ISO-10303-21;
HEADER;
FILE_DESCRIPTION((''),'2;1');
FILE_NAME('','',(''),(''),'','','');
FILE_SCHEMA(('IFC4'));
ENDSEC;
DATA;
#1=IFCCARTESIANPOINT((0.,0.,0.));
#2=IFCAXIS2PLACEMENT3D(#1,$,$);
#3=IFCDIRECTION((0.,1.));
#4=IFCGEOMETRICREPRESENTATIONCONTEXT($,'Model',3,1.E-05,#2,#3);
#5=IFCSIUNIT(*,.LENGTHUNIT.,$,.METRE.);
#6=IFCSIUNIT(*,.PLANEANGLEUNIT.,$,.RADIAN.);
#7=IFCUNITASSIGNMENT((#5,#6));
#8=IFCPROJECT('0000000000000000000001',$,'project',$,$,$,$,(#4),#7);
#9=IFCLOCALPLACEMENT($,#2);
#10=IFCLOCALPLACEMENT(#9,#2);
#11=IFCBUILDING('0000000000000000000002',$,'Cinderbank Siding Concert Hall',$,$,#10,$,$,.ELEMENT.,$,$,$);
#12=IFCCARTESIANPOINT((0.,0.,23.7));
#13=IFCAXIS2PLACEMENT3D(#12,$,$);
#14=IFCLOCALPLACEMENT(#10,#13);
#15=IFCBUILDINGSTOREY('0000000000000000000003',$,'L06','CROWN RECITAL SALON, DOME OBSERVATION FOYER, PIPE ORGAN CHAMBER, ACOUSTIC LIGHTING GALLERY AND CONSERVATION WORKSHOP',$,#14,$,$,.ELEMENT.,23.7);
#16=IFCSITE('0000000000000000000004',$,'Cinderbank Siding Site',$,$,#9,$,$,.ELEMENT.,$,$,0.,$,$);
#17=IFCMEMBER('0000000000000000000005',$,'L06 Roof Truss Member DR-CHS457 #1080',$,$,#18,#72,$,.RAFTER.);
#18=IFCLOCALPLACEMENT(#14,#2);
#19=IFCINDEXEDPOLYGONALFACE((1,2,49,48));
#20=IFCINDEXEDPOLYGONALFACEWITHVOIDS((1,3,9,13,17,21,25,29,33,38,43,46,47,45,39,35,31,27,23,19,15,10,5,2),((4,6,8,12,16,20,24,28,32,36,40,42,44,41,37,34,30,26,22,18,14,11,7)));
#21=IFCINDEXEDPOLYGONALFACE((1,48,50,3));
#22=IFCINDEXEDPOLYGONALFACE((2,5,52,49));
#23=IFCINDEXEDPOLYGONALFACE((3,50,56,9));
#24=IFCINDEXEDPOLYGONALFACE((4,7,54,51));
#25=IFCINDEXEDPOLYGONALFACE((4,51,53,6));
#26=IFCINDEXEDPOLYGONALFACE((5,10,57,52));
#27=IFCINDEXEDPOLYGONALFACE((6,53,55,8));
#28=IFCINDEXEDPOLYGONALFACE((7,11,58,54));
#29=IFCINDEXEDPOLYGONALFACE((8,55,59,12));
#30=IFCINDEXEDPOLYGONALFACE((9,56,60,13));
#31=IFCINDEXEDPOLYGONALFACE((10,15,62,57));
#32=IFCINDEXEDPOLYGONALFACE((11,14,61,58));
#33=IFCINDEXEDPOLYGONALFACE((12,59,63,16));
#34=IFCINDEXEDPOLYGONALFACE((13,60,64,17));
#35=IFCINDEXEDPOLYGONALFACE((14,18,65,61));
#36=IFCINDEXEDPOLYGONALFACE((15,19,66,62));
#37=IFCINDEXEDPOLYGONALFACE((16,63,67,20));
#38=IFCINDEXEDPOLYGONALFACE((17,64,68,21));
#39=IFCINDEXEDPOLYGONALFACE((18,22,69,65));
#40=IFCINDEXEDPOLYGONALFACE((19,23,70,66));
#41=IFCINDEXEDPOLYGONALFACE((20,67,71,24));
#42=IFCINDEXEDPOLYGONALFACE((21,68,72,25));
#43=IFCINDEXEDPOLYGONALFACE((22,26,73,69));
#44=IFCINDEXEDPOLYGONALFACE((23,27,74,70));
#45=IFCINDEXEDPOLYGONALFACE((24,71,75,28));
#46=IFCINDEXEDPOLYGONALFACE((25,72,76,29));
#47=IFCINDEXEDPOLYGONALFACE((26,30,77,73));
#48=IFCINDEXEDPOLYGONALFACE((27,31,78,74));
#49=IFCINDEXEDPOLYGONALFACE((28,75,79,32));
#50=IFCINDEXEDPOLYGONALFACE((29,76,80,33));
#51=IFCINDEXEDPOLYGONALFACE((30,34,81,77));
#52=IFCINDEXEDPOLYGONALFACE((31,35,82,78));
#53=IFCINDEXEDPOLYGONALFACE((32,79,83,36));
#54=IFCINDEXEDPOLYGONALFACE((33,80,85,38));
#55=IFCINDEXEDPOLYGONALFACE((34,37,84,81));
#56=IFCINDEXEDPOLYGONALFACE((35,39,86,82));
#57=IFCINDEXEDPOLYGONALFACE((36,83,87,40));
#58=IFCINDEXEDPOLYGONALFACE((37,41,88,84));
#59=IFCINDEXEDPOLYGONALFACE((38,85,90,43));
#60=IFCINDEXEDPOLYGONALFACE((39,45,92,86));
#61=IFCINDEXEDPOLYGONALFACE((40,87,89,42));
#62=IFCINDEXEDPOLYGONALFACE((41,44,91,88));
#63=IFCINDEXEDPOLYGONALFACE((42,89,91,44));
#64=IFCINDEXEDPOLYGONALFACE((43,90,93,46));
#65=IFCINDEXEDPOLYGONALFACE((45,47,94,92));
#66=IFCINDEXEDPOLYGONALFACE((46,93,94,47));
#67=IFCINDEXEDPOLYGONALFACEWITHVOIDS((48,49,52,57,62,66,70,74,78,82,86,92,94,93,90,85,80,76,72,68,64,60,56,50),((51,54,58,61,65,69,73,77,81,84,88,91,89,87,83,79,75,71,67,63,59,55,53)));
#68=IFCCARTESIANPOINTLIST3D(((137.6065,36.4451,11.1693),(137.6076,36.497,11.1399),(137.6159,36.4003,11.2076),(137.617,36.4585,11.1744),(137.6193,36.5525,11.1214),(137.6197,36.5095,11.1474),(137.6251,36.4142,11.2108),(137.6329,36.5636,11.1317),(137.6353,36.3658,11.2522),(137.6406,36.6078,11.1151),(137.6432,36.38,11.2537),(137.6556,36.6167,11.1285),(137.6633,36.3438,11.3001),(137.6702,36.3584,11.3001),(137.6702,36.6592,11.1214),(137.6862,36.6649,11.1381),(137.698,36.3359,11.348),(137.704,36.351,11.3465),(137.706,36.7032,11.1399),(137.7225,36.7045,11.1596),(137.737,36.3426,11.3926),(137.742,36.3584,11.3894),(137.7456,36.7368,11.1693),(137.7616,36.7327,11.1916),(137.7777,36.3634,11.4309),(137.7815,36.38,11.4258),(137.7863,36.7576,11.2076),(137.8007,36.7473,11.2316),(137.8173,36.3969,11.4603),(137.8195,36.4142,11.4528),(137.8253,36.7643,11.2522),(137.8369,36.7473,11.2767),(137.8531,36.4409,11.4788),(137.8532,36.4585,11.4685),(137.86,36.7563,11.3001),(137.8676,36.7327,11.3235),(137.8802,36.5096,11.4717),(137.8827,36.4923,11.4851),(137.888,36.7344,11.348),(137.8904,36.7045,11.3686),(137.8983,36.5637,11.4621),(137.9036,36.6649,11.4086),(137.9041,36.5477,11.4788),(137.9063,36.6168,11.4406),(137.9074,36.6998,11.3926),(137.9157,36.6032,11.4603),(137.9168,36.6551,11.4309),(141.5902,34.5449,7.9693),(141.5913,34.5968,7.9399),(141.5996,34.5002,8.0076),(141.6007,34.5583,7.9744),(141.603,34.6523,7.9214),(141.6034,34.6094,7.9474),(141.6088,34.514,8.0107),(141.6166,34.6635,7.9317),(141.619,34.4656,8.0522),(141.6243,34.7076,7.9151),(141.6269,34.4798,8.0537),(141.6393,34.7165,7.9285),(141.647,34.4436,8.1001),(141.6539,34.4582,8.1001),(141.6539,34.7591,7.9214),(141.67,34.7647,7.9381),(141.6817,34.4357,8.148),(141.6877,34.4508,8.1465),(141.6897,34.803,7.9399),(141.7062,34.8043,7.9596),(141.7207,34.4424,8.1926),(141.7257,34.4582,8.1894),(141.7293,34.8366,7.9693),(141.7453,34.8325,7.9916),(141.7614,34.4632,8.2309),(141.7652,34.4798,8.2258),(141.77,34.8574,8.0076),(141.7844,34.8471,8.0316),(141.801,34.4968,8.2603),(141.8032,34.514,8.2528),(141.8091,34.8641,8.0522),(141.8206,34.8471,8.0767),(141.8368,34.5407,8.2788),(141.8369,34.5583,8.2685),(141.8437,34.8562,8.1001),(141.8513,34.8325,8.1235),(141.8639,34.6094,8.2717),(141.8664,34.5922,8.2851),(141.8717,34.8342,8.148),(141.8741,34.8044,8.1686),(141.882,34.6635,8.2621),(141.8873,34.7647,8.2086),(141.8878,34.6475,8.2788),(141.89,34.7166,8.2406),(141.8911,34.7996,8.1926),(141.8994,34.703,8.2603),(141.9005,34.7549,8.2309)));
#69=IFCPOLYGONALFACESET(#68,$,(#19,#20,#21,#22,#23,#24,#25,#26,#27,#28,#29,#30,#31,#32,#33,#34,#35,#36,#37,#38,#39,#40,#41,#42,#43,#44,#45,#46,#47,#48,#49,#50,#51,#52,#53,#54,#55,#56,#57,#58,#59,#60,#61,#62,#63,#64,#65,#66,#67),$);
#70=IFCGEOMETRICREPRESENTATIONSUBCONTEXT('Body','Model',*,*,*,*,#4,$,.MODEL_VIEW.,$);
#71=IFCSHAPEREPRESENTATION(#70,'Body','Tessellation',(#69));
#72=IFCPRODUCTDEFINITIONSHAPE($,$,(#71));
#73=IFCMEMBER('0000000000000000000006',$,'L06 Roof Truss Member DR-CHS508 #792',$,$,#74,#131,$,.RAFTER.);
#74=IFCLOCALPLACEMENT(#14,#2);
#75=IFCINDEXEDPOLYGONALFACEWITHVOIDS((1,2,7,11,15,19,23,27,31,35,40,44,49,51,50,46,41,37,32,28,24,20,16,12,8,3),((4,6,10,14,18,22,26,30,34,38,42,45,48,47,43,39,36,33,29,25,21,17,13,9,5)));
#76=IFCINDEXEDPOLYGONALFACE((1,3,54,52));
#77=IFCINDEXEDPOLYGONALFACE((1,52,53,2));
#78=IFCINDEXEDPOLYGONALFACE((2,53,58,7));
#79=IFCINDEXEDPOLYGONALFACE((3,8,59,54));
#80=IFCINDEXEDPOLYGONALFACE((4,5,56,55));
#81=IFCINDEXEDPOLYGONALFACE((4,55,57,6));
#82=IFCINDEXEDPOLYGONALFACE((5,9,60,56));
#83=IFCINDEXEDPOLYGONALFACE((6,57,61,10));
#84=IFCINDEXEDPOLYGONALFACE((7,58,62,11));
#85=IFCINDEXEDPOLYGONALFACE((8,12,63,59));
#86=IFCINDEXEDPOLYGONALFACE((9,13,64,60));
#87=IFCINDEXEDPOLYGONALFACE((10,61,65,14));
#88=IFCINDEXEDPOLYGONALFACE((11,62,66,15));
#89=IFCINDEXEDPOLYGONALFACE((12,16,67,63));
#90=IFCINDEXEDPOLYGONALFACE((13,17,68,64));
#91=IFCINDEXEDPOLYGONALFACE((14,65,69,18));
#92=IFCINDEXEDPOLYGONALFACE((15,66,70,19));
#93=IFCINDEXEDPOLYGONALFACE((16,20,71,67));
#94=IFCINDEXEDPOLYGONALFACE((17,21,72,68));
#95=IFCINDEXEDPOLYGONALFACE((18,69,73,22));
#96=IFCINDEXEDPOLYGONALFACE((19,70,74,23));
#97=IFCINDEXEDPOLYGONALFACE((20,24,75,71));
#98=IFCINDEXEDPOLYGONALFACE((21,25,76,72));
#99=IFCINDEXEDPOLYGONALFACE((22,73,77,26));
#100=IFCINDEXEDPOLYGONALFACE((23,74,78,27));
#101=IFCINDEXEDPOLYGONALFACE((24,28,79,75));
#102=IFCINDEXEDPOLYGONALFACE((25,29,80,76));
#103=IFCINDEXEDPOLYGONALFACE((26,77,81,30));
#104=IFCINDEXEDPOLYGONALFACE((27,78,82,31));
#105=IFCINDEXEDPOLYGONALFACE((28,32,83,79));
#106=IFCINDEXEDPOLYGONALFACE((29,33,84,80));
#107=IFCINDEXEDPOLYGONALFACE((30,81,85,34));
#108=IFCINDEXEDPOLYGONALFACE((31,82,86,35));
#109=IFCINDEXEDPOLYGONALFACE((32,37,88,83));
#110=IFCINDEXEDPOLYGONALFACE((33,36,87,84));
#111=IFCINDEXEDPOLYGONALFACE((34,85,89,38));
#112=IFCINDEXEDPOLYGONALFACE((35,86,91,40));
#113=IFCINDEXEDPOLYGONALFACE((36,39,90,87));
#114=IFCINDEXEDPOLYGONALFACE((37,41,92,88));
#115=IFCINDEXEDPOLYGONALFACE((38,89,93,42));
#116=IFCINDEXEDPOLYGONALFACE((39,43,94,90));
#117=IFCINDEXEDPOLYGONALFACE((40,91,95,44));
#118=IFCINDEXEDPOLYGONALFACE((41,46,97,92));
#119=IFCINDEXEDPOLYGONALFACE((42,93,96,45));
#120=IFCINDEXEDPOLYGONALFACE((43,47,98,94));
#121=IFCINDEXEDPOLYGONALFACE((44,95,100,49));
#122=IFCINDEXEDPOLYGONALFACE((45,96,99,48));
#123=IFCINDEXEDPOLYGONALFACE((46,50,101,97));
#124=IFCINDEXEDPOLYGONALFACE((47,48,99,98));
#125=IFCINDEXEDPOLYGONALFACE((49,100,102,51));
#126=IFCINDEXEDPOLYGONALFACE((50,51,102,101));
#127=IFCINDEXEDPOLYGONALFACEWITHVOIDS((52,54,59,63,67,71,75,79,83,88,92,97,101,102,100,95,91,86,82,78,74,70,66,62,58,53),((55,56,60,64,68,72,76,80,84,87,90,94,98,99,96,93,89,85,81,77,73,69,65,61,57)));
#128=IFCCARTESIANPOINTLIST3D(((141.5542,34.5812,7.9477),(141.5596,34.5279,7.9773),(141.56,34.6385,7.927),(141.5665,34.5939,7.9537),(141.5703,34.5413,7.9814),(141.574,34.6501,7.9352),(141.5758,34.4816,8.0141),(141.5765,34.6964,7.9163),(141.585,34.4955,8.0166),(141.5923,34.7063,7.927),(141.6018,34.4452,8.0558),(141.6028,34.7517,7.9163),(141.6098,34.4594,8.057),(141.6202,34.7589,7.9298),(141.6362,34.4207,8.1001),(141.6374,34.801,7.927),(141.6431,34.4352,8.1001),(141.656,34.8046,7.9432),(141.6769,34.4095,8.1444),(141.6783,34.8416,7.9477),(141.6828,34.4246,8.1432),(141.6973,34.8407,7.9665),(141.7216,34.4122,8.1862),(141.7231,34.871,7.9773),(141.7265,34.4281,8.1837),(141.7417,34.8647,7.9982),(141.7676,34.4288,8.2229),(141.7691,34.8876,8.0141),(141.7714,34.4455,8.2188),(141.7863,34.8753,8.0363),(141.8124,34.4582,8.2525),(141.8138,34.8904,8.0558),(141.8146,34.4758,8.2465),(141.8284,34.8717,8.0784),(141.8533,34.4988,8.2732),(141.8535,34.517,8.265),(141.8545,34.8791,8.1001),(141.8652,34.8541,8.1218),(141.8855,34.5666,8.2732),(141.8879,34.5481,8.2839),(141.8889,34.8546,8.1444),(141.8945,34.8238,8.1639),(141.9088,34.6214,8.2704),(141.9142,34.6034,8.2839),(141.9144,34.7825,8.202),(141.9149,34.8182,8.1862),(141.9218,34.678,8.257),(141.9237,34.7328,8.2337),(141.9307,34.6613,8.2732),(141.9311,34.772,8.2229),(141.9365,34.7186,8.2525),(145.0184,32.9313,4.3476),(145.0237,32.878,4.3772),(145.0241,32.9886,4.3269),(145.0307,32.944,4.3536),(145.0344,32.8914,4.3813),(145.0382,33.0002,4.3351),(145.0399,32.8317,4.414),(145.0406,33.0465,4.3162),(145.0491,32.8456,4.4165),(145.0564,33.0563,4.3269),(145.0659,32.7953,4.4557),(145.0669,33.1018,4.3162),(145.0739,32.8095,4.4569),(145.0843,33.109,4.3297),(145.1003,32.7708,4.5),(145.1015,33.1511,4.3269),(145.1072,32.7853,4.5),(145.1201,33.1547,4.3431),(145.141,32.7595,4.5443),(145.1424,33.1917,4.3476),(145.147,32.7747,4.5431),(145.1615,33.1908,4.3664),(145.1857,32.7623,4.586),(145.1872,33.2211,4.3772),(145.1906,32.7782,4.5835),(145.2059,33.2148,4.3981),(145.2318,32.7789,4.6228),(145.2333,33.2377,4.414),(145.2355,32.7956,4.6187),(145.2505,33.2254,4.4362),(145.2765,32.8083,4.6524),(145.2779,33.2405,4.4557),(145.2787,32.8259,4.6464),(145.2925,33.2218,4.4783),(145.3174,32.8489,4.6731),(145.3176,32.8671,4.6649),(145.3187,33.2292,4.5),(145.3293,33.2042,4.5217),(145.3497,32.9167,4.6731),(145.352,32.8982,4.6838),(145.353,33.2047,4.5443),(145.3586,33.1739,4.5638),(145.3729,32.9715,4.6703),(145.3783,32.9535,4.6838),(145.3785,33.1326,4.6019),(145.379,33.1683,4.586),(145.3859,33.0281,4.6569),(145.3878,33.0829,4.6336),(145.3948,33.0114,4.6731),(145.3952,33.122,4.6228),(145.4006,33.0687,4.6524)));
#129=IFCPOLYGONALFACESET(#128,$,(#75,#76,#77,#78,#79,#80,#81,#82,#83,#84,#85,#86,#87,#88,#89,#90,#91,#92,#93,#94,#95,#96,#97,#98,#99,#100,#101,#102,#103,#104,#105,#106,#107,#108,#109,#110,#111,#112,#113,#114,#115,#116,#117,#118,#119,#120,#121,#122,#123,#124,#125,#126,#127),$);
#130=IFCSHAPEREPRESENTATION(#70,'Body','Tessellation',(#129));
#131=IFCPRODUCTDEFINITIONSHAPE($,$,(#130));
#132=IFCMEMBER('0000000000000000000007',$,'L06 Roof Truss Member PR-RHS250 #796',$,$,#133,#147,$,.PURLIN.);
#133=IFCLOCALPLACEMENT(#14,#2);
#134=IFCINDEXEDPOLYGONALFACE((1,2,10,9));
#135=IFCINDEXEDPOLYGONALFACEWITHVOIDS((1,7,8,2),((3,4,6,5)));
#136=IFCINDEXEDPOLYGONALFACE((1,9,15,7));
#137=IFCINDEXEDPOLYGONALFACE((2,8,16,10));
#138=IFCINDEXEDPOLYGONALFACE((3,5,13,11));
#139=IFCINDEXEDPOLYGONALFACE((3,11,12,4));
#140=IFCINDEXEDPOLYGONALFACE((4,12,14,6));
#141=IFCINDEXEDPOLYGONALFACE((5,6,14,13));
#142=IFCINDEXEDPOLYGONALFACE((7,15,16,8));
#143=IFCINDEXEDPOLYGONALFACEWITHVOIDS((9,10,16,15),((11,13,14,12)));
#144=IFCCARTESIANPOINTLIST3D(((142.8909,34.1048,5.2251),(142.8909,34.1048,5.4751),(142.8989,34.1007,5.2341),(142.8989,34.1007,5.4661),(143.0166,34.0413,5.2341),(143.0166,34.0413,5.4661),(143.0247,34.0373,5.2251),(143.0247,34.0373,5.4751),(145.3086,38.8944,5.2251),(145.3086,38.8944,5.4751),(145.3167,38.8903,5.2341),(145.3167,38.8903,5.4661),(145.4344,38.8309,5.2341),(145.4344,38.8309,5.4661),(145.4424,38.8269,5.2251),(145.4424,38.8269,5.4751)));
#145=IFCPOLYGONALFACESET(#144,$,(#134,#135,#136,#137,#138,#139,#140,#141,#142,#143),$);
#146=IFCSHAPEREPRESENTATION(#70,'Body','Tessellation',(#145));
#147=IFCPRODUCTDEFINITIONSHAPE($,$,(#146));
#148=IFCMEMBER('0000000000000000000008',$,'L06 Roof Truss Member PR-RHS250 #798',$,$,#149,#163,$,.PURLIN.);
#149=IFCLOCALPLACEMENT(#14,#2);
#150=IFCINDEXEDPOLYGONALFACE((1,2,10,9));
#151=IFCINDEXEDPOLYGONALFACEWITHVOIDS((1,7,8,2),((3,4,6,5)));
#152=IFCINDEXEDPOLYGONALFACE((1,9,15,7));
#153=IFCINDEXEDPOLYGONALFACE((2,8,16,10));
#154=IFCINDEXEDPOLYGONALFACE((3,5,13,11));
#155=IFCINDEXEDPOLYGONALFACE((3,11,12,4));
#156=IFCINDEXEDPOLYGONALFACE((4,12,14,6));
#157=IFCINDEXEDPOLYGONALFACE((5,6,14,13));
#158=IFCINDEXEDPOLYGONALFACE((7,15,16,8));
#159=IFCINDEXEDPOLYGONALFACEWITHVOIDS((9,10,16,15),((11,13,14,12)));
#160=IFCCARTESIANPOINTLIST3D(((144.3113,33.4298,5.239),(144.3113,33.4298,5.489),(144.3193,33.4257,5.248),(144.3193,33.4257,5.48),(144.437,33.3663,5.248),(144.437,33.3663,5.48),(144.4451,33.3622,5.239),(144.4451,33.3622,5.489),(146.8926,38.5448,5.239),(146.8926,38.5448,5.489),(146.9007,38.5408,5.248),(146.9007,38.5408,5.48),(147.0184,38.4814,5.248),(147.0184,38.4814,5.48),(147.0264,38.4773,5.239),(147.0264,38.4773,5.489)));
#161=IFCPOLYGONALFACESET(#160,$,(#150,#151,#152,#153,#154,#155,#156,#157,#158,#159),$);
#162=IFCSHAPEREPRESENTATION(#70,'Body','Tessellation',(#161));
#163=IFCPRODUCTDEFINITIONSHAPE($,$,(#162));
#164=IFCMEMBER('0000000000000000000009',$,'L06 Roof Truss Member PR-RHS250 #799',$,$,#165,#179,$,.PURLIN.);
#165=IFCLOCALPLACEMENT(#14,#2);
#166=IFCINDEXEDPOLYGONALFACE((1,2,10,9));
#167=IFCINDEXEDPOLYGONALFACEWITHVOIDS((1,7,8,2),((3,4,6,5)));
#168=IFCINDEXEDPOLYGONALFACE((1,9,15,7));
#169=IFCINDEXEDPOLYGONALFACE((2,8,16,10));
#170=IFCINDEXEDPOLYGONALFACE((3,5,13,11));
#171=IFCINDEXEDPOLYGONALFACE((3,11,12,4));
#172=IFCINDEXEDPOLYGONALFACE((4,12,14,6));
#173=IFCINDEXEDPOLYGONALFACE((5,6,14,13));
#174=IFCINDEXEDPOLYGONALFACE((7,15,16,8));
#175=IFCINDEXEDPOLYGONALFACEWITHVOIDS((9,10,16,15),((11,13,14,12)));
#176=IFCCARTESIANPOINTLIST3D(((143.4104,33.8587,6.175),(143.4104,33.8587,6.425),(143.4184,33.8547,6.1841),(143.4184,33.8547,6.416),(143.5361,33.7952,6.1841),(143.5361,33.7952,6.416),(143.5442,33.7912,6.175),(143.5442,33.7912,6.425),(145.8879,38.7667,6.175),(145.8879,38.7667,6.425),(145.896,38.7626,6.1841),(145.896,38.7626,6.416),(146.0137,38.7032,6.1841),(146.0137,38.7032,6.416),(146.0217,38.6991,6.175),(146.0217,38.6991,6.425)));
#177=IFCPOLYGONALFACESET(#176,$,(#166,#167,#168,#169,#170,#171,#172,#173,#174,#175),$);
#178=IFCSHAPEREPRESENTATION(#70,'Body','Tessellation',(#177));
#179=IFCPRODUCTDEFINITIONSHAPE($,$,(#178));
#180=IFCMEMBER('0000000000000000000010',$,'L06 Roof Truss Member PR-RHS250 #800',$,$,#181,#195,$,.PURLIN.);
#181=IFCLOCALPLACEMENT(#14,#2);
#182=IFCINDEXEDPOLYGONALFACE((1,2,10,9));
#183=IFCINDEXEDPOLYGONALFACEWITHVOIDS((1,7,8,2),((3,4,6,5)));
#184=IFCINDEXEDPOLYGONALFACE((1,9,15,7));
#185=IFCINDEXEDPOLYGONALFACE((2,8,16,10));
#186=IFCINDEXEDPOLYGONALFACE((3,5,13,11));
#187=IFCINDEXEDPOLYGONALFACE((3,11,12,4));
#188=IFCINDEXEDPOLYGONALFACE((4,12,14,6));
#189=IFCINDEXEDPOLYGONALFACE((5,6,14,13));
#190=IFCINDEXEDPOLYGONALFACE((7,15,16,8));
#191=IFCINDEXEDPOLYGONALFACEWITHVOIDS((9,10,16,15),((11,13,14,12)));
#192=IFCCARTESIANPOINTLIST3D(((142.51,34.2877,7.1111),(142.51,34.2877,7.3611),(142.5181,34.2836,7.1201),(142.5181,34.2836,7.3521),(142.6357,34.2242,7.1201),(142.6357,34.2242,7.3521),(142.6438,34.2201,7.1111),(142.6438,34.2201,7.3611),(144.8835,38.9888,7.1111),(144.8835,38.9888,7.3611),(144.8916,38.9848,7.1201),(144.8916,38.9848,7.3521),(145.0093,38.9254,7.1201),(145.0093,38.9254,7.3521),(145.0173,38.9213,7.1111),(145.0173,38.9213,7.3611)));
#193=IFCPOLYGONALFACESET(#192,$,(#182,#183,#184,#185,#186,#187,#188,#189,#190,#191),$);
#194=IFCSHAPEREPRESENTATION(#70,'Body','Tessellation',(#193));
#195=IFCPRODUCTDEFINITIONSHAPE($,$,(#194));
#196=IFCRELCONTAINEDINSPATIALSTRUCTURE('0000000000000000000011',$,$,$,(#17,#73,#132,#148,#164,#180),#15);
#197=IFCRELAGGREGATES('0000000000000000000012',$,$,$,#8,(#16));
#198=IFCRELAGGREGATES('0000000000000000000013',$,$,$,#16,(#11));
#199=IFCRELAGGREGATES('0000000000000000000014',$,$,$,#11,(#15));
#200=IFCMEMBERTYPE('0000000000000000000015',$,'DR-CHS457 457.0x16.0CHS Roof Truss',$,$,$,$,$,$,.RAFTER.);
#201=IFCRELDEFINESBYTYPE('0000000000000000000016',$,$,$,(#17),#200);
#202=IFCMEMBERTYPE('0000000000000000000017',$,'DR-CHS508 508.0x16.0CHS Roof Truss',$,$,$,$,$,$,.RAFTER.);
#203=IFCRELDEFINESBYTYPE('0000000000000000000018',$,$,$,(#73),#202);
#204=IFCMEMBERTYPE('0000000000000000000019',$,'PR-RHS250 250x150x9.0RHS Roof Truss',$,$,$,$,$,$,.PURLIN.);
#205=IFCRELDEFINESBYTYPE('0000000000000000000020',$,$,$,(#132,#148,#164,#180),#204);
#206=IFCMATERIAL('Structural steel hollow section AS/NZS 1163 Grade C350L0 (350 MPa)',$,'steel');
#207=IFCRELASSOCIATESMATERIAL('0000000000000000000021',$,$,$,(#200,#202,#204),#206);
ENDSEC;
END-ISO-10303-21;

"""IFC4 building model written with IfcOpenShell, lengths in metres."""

from ifc_helpers import new_model, si_unit, direction, frame, origin, origin_2d, place, context, subcontext, project, spatial, hollow_rectangle, hollow_circle, extrude, material, material_profile, profile_set, type_object, element, save


model = new_model("IFC4")

# Units and contexts
model_context = context("Model", 3, precision=1e-05, world=origin(), true_north=direction((0.0, 1.0)))
body_context = subcontext(model_context, "Body", "Model", "MODEL_VIEW")
ifc_project = project(units=[si_unit("LENGTHUNIT", "METRE"), si_unit("PLANEANGLEUNIT", "RADIAN")], contexts=[model_context])

# Site, building, storey
site_placement = place(None, origin())
site = spatial("IfcSite", under=ifc_project, at=site_placement, Name="Cinderbank Siding Site", CompositionType="ELEMENT", RefElevation=0.0)
building_placement = place(site_placement, origin())
building = spatial("IfcBuilding", under=site, at=building_placement, Name="Cinderbank Siding Concert Hall", CompositionType="ELEMENT")
storey_placement = place(building_placement, frame((0.0, 0.0, 23.7)))
storey = spatial("IfcBuildingStorey", under=building, at=storey_placement, Name="L06", Description="CROWN RECITAL SALON, DOME OBSERVATION FOYER, PIPE ORGAN CHAMBER, ACOUSTIC LIGHTING GALLERY AND CONSERVATION WORKSHOP", CompositionType="ELEMENT", Elevation=23.7)

# Members
ifc_material_1 = material(Name="Structural steel hollow section AS/NZS 1163 Grade C350L0 (350 MPa)", Category="steel")
ifc_material_profile_1 = material_profile(ifc_material_1, hollow_circle(Radius=0.2285, WallThickness=0.0161, at=origin_2d()), Name="457.0x16.0CHS", Category="LoadBearing")
ifc_profile_set_1 = profile_set([ifc_material_profile_1], Name="Structural steel hollow section AS/NZS 1163 Grade C350L0 (350 MPa)")
member_type_1 = type_object("IfcMemberType", Name="DR-CHS457 457.0x16.0CHS Roof Truss", PredefinedType="RAFTER", material=ifc_profile_set_1)
member_1_placement = place(storey_placement, frame((141.7454, 34.6499, 8.1001), z_axis=(-0.730733, 0.34855, 0.586978), x_axis=(-0.43052, -0.902581, 0.0)))
element("IfcMember", 1, at=member_1_placement, inside=storey, type_object=member_type_1, Name="L06 Roof Truss Member DR-CHS457 #1080", PredefinedType="RAFTER", context=body_context, shape_type="SweptSolid", body=[
    extrude(hollow_circle(Radius=0.2285, WallThickness=0.0161, at=origin_2d()), origin(), (0.0, 0.0, 1.0), 5.4517),
])
ifc_material_profile_2 = material_profile(ifc_material_1, hollow_circle(Radius=0.2539, WallThickness=0.0161, at=origin_2d()), Name="508.0x16.0CHS", Category="LoadBearing")
ifc_profile_set_2 = profile_set([ifc_material_profile_2], Name="Structural steel hollow section AS/NZS 1163 Grade C350L0 (350 MPa)")
member_type_2 = type_object("IfcMemberType", Name="DR-CHS508 508.0x16.0CHS Roof Truss", PredefinedType="RAFTER", material=ifc_profile_set_2)
member_2_placement = place(storey_placement, frame((145.2095, 33.0, 4.5), z_axis=(-0.658394, 0.313583, 0.684239), x_axis=(-0.430003, -0.902828, 0.0)))
element("IfcMember", 2, at=member_2_placement, inside=storey, type_object=member_type_2, Name="L06 Roof Truss Member DR-CHS508 #792", PredefinedType="RAFTER", context=body_context, shape_type="SweptSolid", body=[
    extrude(hollow_circle(Radius=0.2539, WallThickness=0.0161, at=origin_2d()), origin(), (0.0, 0.0, 1.0), 5.2615),
])
ifc_material_profile_3 = material_profile(ifc_material_1, hollow_rectangle(XDim=0.1499, YDim=0.25, WallThickness=0.009, at=origin_2d()), Name="250x150x9.0RHS", Category="LoadBearing")
ifc_profile_set_3 = profile_set([ifc_material_profile_3], Name="Structural steel hollow section AS/NZS 1163 Grade C350L0 (350 MPa)")
member_type_3 = type_object("IfcMemberType", Name="PR-RHS250 250x150x9.0RHS Roof Truss", PredefinedType="PURLIN", material=ifc_profile_set_3)
member_3_placement = place(storey_placement, frame((142.9578, 34.071, 5.3501), z_axis=(0.450632, 0.89271, 0.0), x_axis=(-0.89271, 0.450632, 0.0)))
element("IfcMember", 3, at=member_3_placement, inside=storey, type_object=member_type_3, Name="L06 Roof Truss Member PR-RHS250 #796", PredefinedType="PURLIN", context=body_context, shape_type="SweptSolid", body=[
    extrude(hollow_rectangle(XDim=0.1499, YDim=0.25, WallThickness=0.009, at=origin_2d()), origin(), (0.0, 0.0, 1.0), 5.3652),
])
member_4_placement = place(storey_placement, frame((144.3782, 33.396, 5.364), z_axis=(0.450534, 0.892759, 0.0), x_axis=(-0.892759, 0.450534, 0.0)))
element("IfcMember", 4, at=member_4_placement, inside=storey, type_object=member_type_3, Name="L06 Roof Truss Member PR-RHS250 #798", PredefinedType="PURLIN", context=body_context, shape_type="SweptSolid", body=[
    extrude(hollow_rectangle(XDim=0.1499, YDim=0.25, WallThickness=0.009, at=origin_2d()), origin(), (0.0, 0.0, 1.0), 5.7295),
])
member_5_placement = place(storey_placement, frame((143.4773, 33.825, 6.3), z_axis=(0.450639, 0.892707, 0.0), x_axis=(-0.892707, 0.450639, 0.0)))
element("IfcMember", 5, at=member_5_placement, inside=storey, type_object=member_type_3, Name="L06 Roof Truss Member PR-RHS250 #799", PredefinedType="PURLIN", context=body_context, shape_type="SweptSolid", body=[
    extrude(hollow_rectangle(XDim=0.1499, YDim=0.25, WallThickness=0.009, at=origin_2d()), origin(), (0.0, 0.0, 1.0), 5.4978),
])
member_6_placement = place(storey_placement, frame((142.5769, 34.2539, 7.2361), z_axis=(0.450696, 0.892677, 0.0), x_axis=(-0.892677, 0.450696, 0.0)))
element("IfcMember", 6, at=member_6_placement, inside=storey, type_object=member_type_3, Name="L06 Roof Truss Member PR-RHS250 #800", PredefinedType="PURLIN", context=body_context, shape_type="SweptSolid", body=[
    extrude(hollow_rectangle(XDim=0.1499, YDim=0.25, WallThickness=0.009, at=origin_2d()), origin(), (0.0, 0.0, 1.0), 5.2664),
])

save(model, "model.ifc")
